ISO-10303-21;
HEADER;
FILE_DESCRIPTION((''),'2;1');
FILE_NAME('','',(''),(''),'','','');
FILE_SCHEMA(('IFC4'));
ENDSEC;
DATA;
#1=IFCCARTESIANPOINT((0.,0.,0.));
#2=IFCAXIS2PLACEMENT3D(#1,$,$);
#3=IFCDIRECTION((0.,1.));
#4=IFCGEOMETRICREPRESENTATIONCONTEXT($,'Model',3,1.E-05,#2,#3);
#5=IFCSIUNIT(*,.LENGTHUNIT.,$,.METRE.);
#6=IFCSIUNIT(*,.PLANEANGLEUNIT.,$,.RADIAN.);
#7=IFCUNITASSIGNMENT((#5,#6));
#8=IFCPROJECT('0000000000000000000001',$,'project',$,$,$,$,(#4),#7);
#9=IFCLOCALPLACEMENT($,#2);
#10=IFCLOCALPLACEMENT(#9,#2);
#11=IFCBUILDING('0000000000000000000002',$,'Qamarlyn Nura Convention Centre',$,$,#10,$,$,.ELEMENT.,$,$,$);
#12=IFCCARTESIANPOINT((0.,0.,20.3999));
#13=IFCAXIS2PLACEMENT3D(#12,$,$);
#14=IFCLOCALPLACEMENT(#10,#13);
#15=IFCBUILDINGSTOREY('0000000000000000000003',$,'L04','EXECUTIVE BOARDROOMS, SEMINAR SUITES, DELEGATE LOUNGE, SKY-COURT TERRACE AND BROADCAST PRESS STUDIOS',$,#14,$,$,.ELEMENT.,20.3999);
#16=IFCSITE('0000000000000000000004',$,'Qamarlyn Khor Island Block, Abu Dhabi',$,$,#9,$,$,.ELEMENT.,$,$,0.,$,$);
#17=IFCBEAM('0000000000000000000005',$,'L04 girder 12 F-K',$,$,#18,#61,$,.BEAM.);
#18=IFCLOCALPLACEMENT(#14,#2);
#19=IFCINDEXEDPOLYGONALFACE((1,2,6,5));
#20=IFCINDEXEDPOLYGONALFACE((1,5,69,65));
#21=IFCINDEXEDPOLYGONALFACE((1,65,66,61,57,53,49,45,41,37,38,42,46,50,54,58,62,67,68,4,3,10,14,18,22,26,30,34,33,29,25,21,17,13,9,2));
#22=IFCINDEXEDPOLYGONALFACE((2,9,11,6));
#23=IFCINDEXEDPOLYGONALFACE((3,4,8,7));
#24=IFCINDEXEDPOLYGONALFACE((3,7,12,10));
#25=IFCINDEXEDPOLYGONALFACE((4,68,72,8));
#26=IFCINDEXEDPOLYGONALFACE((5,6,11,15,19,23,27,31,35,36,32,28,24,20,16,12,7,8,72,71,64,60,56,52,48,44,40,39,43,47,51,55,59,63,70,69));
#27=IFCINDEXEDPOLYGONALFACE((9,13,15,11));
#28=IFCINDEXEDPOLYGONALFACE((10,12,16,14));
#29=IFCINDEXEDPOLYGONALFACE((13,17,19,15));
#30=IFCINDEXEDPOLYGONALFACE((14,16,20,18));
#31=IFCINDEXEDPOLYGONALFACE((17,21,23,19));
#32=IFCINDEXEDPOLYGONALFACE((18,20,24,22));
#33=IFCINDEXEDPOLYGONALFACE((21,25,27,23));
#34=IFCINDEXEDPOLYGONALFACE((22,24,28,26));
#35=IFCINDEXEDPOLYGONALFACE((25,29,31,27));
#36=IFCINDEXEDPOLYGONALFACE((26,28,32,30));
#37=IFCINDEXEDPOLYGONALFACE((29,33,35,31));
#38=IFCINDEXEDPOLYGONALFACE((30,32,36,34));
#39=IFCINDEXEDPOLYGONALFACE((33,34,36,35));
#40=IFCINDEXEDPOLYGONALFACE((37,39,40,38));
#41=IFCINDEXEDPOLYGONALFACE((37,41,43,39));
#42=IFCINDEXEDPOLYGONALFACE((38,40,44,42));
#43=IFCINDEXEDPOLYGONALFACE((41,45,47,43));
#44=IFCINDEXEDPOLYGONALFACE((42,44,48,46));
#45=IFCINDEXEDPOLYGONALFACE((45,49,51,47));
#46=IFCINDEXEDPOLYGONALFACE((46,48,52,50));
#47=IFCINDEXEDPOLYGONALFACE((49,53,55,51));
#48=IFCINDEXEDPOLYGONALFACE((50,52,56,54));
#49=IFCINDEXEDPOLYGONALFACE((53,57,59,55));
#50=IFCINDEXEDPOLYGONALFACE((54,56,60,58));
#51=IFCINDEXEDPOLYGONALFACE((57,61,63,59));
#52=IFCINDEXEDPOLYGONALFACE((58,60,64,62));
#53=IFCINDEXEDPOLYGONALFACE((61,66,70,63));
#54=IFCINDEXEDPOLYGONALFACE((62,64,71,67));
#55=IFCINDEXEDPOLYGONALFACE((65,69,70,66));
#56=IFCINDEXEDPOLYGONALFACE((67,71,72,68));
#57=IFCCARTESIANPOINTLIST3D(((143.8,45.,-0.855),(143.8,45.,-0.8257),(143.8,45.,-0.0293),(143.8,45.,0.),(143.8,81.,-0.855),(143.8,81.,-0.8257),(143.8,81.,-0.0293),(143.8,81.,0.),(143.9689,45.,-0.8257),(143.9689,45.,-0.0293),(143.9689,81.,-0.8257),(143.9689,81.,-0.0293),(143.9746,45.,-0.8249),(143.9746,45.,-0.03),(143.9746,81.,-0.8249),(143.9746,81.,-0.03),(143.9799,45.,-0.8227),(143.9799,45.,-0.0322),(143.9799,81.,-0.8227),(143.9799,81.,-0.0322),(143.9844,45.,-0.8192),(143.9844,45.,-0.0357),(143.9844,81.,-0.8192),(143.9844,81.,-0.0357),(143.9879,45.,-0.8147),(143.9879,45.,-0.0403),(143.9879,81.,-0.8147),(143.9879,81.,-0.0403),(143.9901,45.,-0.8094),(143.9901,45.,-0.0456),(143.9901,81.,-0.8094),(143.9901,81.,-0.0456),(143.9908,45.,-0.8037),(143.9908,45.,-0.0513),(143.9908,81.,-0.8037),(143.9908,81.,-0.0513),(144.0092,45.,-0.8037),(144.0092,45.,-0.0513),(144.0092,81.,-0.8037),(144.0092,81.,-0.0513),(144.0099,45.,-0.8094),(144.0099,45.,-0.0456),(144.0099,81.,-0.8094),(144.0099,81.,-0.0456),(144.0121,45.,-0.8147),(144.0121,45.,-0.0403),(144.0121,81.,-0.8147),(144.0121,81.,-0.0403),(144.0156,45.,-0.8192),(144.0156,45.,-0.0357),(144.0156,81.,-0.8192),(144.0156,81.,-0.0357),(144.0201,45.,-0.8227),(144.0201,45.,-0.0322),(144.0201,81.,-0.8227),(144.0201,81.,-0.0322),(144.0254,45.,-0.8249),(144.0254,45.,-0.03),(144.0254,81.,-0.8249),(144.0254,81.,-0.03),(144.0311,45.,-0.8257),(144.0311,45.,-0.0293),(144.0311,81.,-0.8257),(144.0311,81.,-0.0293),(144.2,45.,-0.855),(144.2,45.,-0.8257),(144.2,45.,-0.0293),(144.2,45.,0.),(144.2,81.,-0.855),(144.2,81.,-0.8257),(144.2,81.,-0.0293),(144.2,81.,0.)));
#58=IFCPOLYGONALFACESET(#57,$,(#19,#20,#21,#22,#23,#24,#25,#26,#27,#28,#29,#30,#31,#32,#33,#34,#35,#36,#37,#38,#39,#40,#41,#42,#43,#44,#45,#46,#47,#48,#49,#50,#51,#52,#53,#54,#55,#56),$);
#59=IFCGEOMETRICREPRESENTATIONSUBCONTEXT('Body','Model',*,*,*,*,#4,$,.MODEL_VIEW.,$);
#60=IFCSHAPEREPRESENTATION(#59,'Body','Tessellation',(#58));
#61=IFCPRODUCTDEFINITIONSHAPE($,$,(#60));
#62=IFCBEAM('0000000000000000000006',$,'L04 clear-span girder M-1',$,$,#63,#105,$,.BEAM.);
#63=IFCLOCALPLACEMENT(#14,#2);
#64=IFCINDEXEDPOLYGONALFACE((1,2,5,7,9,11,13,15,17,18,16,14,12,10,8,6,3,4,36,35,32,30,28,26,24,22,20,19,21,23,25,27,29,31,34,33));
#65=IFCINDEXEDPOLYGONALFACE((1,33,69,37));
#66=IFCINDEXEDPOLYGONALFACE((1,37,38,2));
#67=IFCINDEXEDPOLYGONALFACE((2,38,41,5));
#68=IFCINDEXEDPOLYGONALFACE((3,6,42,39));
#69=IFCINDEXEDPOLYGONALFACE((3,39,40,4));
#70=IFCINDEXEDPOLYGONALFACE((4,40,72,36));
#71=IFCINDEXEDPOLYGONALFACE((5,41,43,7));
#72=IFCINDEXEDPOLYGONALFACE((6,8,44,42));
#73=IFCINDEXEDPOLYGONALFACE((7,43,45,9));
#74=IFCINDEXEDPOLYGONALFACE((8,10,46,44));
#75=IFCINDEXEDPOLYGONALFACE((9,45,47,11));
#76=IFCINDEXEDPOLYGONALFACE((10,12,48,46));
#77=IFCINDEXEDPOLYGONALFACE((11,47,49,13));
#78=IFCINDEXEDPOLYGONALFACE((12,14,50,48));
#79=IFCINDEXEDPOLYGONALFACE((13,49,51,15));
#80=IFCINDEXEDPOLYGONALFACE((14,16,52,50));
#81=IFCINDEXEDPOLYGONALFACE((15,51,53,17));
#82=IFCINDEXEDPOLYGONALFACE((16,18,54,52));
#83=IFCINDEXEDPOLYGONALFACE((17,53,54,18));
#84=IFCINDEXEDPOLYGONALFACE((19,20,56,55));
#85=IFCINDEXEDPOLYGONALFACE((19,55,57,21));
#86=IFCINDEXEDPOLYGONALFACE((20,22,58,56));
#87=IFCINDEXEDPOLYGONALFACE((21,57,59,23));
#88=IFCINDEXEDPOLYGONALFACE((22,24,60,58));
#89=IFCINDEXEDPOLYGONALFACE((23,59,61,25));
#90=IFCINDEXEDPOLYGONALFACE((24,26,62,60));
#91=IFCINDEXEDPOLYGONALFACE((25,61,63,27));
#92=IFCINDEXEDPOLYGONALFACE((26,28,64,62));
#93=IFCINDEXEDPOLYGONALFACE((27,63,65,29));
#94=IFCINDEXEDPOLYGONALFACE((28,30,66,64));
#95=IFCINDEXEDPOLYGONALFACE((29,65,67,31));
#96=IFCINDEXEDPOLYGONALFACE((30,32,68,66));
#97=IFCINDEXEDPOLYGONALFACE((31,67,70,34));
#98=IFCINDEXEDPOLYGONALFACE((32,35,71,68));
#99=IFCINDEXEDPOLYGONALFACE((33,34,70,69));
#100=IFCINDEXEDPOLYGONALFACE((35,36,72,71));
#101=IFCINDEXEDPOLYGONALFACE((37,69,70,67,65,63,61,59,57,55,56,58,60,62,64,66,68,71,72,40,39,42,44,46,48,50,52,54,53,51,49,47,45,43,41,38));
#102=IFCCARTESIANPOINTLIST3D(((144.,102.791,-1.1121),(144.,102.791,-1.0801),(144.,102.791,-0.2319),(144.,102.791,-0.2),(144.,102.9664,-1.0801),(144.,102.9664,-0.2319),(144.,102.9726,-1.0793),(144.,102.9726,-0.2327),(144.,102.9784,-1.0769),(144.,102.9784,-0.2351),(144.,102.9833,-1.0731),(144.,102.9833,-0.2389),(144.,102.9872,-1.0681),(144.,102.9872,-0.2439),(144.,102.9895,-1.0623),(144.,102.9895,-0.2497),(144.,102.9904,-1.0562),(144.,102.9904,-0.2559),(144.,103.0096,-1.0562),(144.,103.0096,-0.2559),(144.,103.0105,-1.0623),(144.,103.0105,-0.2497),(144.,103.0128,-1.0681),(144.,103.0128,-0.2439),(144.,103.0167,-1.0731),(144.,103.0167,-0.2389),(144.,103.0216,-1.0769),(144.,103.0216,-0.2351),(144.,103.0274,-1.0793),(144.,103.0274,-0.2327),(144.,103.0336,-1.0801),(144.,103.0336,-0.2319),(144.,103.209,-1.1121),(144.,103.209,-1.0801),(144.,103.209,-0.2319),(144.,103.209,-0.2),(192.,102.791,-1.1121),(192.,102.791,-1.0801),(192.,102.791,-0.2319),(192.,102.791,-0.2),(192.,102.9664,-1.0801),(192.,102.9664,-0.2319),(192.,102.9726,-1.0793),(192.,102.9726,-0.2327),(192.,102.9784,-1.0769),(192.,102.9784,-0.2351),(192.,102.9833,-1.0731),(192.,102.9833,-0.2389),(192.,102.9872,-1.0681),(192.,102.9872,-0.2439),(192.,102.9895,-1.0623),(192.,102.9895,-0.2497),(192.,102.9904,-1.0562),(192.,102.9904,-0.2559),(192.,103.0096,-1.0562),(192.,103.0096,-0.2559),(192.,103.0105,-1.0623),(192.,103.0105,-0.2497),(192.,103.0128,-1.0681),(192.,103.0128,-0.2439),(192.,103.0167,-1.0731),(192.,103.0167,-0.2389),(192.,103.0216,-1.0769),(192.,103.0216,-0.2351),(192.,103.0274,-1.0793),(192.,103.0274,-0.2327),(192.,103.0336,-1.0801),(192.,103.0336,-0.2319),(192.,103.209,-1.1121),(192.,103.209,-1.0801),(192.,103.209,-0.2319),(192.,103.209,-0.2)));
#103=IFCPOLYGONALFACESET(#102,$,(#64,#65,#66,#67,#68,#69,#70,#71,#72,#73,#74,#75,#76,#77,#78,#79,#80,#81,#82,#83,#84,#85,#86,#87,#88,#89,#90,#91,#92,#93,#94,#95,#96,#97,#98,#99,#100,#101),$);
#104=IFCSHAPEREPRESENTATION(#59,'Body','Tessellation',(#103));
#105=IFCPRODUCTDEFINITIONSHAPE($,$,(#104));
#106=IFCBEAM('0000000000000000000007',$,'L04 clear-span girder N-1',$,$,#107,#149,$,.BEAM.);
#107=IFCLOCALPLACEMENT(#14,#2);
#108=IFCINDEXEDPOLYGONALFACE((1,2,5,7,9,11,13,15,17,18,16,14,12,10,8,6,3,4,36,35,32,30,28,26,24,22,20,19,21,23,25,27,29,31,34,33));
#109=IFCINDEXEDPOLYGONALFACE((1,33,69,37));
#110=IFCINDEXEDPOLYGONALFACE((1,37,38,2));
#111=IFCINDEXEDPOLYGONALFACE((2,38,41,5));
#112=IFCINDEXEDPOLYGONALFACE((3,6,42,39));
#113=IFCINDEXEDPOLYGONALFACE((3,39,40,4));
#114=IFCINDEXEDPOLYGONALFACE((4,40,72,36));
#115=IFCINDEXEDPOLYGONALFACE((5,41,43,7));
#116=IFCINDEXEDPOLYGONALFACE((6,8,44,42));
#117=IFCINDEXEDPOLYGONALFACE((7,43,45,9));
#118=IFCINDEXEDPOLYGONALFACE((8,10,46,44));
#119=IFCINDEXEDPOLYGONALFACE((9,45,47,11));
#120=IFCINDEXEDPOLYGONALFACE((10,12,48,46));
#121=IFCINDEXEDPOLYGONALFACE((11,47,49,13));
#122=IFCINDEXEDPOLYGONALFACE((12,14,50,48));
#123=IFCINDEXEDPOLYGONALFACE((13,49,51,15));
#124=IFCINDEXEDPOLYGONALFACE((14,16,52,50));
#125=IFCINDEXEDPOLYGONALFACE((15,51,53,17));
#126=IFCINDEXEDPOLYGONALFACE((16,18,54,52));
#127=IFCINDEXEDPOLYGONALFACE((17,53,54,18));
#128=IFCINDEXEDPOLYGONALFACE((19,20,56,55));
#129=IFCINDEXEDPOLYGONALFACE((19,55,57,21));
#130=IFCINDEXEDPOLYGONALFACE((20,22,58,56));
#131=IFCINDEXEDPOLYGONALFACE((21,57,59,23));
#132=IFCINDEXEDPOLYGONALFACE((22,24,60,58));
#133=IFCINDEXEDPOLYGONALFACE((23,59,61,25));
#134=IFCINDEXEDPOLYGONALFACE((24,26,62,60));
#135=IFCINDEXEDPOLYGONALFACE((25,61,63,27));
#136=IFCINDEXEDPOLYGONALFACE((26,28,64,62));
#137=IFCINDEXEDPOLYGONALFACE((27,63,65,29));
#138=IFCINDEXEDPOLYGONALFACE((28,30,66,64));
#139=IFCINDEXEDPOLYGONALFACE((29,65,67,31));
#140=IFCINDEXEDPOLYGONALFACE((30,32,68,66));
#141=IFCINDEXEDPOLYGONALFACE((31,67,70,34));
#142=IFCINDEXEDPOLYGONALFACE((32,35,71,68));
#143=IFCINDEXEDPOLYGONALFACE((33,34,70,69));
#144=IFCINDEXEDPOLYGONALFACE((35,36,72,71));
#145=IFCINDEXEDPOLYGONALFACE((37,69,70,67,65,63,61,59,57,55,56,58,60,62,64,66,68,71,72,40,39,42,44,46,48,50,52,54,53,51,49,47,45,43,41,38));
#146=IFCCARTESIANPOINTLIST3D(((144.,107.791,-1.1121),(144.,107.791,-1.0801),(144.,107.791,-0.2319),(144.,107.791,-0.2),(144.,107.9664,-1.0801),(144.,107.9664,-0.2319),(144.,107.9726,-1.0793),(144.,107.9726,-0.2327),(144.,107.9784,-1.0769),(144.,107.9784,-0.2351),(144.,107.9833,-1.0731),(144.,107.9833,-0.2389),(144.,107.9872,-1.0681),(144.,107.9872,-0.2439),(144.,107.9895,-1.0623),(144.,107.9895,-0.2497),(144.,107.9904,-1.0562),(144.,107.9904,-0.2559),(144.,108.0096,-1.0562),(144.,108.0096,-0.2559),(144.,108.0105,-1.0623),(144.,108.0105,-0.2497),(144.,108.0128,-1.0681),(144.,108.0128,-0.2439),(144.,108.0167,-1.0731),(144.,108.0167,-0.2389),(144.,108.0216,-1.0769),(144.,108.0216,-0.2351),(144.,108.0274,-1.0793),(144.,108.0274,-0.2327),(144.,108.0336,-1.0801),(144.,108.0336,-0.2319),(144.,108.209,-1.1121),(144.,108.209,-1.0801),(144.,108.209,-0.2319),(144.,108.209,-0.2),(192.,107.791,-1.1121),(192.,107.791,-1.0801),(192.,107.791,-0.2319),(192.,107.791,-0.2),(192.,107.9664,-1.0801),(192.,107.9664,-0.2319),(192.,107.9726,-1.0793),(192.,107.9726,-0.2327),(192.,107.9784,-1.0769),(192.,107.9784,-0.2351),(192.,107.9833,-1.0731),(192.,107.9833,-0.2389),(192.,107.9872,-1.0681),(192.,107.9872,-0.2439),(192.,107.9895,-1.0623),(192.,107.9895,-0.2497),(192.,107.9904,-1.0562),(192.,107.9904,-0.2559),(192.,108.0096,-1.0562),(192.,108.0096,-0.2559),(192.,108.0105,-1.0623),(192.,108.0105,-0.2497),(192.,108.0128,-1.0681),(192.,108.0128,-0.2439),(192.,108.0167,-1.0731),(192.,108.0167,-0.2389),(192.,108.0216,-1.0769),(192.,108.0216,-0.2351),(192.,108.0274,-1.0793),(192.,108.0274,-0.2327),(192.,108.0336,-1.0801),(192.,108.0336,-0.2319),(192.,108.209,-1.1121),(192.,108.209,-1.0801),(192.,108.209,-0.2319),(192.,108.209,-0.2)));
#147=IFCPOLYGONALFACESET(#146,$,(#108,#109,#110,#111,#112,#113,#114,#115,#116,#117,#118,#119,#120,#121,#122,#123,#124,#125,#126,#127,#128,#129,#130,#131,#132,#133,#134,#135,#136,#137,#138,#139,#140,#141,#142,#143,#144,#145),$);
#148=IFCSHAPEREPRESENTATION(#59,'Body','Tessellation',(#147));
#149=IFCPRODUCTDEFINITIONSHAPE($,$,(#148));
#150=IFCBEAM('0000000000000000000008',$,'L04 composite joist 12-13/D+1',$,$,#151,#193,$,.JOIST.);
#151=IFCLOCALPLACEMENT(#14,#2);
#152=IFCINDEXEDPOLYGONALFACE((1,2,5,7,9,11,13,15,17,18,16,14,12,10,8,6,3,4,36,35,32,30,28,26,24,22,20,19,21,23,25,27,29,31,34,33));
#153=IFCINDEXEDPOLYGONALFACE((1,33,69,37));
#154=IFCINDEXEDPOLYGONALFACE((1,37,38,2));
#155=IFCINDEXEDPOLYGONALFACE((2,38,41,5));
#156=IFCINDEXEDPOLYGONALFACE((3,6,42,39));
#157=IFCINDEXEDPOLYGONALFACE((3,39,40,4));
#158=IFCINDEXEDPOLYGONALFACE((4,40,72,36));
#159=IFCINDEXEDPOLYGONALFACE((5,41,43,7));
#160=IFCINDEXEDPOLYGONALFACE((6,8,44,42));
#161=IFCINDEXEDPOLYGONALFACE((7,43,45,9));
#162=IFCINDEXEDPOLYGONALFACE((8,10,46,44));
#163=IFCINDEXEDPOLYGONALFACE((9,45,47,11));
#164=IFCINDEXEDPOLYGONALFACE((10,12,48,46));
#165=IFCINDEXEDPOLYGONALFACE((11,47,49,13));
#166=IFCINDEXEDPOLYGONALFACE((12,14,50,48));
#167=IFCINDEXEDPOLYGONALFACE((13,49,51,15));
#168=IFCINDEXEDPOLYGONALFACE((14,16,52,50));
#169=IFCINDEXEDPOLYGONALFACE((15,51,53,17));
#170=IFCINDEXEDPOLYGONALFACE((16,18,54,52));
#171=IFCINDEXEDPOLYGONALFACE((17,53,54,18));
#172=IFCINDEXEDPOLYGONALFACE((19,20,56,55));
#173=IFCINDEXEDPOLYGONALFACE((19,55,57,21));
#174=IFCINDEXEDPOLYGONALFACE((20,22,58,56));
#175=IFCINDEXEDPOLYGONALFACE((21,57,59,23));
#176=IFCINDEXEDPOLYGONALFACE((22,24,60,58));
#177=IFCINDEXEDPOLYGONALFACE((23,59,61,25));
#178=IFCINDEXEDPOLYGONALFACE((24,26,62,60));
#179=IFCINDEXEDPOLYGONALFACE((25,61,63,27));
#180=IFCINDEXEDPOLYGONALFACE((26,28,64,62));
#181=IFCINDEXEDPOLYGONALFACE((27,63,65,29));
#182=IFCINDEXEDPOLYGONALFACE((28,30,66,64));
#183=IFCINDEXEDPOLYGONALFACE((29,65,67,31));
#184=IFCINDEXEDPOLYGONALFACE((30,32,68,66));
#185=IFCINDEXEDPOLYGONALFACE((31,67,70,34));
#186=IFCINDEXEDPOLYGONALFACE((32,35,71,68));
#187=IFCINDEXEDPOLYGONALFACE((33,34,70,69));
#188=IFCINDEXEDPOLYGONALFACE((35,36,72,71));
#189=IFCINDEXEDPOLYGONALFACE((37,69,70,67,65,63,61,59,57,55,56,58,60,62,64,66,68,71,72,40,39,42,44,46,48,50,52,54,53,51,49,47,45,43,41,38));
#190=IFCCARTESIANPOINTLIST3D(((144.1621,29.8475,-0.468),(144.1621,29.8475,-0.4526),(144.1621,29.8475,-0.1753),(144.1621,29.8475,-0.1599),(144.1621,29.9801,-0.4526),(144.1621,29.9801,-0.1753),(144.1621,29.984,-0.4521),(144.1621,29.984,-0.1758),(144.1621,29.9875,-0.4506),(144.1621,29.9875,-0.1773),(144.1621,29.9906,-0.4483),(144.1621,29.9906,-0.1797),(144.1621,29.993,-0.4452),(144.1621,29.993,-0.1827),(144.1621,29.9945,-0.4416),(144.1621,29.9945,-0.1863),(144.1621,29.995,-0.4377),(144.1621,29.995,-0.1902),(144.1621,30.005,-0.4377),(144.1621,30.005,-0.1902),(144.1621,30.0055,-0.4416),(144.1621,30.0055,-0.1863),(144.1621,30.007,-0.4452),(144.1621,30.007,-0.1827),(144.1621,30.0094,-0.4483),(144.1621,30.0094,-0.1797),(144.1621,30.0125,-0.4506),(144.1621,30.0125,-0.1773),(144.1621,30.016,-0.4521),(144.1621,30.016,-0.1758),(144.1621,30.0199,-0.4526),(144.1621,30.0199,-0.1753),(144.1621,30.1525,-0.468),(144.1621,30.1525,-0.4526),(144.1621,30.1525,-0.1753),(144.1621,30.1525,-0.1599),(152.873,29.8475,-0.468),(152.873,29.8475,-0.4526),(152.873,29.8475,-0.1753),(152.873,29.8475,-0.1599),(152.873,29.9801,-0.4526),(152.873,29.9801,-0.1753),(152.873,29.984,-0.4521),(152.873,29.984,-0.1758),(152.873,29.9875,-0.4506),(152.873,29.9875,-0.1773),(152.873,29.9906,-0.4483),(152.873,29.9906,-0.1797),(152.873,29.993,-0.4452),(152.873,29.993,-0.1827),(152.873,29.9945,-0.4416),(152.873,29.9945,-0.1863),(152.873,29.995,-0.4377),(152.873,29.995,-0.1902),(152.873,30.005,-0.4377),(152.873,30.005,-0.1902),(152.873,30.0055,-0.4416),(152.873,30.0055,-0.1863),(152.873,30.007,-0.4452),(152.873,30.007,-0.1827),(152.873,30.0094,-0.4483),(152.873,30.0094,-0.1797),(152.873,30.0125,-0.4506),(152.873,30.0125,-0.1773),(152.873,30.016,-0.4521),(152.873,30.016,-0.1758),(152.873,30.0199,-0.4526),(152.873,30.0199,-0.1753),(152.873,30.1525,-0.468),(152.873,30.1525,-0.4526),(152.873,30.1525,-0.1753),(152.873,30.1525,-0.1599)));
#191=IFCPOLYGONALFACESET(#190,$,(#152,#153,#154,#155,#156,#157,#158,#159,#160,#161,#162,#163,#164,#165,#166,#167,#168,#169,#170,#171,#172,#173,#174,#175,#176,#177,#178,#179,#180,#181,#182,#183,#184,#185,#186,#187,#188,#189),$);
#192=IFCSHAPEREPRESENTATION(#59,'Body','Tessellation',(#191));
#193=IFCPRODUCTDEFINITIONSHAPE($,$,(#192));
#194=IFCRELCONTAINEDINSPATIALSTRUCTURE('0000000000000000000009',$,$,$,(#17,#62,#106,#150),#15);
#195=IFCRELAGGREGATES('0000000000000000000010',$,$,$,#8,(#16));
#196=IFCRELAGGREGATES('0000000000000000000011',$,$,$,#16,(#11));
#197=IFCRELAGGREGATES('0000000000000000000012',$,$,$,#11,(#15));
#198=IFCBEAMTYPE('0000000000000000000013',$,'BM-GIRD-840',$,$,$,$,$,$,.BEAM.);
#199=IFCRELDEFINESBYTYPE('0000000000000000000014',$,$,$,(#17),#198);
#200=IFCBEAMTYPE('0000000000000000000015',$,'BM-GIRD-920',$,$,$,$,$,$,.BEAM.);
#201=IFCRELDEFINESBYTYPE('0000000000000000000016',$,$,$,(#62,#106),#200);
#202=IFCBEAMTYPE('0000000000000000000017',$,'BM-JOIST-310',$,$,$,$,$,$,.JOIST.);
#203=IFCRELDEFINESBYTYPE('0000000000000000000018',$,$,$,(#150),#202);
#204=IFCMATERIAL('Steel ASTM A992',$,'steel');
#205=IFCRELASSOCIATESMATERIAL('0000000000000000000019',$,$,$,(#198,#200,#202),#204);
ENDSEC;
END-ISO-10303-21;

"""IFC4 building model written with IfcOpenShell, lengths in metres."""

from ifc_helpers import new_model, si_unit, direction, frame, origin, origin_2d, place, context, subcontext, project, spatial, i_section, extrude, material, material_profile, profile_set, type_object, element, save


model = new_model("IFC4")

# Units and contexts
model_context = context("Model", 3, precision=1e-05, world=origin(), true_north=direction((0.0, 1.0)))
body_context = subcontext(model_context, "Body", "Model", "MODEL_VIEW")
ifc_project = project(units=[si_unit("LENGTHUNIT", "METRE"), si_unit("PLANEANGLEUNIT", "RADIAN")], contexts=[model_context])

# Site, building, storey
site_placement = place(None, origin())
site = spatial("IfcSite", under=ifc_project, at=site_placement, Name="Qamarlyn Khor Island Block, Abu Dhabi", CompositionType="ELEMENT", RefElevation=0.0)
building_placement = place(site_placement, origin())
building = spatial("IfcBuilding", under=site, at=building_placement, Name="Qamarlyn Nura Convention Centre", CompositionType="ELEMENT")
storey_placement = place(building_placement, frame((0.0, 0.0, 20.3999)))
storey = spatial("IfcBuildingStorey", under=building, at=storey_placement, Name="L04", Description="EXECUTIVE BOARDROOMS, SEMINAR SUITES, DELEGATE LOUNGE, SKY-COURT TERRACE AND BROADCAST PRESS STUDIOS", CompositionType="ELEMENT", Elevation=20.3999)

# Beams
ifc_material_1 = material(Name="Steel ASTM A992", Category="steel")
ifc_material_profile_1 = material_profile(ifc_material_1, i_section(OverallWidth=0.3999, OverallDepth=0.855, WebThickness=0.0183, FlangeThickness=0.0293, FilletRadius=0.022, at=origin_2d()), Name="W840X299")
ifc_profile_set_1 = profile_set([ifc_material_profile_1], Name="Steel ASTM A992")
beam_type_1 = type_object("IfcBeamType", Name="BM-GIRD-840", PredefinedType="BEAM", material=ifc_profile_set_1)
beam_1_placement = place(storey_placement, frame((144.0, 45.0, -0.4275), z_axis=(0.0, 1.0, 0.0), x_axis=(-1.0, 0.0, 0.0)))
element("IfcBeam", 1, at=beam_1_placement, inside=storey, type_object=beam_type_1, Name="L04 girder 12 F-K", PredefinedType="BEAM", context=body_context, shape_type="SweptSolid", body=[
    extrude(i_section(OverallWidth=0.3999, OverallDepth=0.855, WebThickness=0.0183, FlangeThickness=0.0293, FilletRadius=0.022, at=origin_2d()), origin(), (0.0, 0.0, 1.0), 36.0),
])
ifc_material_profile_2 = material_profile(ifc_material_1, i_section(OverallWidth=0.418, OverallDepth=0.9121, WebThickness=0.0193, FlangeThickness=0.032, FilletRadius=0.0239, at=origin_2d()), Name="W920X342")
ifc_profile_set_2 = profile_set([ifc_material_profile_2], Name="Steel ASTM A992")
beam_type_2 = type_object("IfcBeamType", Name="BM-GIRD-920", PredefinedType="BEAM", material=ifc_profile_set_2)
for number, where, z_axis, x_axis, name in (
    (2, (144.0, 103.0, -0.656), (1.0, 0.0, 0.0), (0.0, 1.0, 0.0), "L04 clear-span girder M-1"),
    (3, (144.0, 108.0, -0.656), (1.0, 0.0, 0.0), (0.0, 1.0, 0.0), "L04 clear-span girder N-1"),
):
    element("IfcBeam", number, at=place(storey_placement, frame(where, z_axis=z_axis, x_axis=x_axis)), inside=storey, type_object=beam_type_2, Name=name, PredefinedType="BEAM", context=body_context, shape_type="SweptSolid", body=[
        extrude(i_section(OverallWidth=0.418, OverallDepth=0.9121, WebThickness=0.0193, FlangeThickness=0.032, FilletRadius=0.0239, at=origin_2d()), origin(), (0.0, 0.0, 1.0), 48.0),
    ])
ifc_material_profile_3 = material_profile(ifc_material_1, i_section(OverallWidth=0.3049, OverallDepth=0.3081, WebThickness=0.01, FlangeThickness=0.0154, FilletRadius=0.0149, at=origin_2d()), Name="W310X97")
ifc_profile_set_3 = profile_set([ifc_material_profile_3], Name="Steel ASTM A992")
beam_type_3 = type_object("IfcBeamType", Name="BM-JOIST-310", PredefinedType="JOIST", material=ifc_profile_set_3)
for number, where, z_axis, x_axis, name in (
    (4, (144.1621, 30.0, -0.314), (1.0, 0.0, 0.0), (0.0, 1.0, 0.0), "L04 composite joist 12-13/D+1"),
):
    element("IfcBeam", number, at=place(storey_placement, frame(where, z_axis=z_axis, x_axis=x_axis)), inside=storey, type_object=beam_type_3, Name=name, PredefinedType="JOIST", context=body_context, shape_type="SweptSolid", body=[
        extrude(i_section(OverallWidth=0.3049, OverallDepth=0.3081, WebThickness=0.01, FlangeThickness=0.0154, FilletRadius=0.0149, at=origin_2d()), origin(), (0.0, 0.0, 1.0), 8.7109),
    ])

save(model, "model.ifc")
